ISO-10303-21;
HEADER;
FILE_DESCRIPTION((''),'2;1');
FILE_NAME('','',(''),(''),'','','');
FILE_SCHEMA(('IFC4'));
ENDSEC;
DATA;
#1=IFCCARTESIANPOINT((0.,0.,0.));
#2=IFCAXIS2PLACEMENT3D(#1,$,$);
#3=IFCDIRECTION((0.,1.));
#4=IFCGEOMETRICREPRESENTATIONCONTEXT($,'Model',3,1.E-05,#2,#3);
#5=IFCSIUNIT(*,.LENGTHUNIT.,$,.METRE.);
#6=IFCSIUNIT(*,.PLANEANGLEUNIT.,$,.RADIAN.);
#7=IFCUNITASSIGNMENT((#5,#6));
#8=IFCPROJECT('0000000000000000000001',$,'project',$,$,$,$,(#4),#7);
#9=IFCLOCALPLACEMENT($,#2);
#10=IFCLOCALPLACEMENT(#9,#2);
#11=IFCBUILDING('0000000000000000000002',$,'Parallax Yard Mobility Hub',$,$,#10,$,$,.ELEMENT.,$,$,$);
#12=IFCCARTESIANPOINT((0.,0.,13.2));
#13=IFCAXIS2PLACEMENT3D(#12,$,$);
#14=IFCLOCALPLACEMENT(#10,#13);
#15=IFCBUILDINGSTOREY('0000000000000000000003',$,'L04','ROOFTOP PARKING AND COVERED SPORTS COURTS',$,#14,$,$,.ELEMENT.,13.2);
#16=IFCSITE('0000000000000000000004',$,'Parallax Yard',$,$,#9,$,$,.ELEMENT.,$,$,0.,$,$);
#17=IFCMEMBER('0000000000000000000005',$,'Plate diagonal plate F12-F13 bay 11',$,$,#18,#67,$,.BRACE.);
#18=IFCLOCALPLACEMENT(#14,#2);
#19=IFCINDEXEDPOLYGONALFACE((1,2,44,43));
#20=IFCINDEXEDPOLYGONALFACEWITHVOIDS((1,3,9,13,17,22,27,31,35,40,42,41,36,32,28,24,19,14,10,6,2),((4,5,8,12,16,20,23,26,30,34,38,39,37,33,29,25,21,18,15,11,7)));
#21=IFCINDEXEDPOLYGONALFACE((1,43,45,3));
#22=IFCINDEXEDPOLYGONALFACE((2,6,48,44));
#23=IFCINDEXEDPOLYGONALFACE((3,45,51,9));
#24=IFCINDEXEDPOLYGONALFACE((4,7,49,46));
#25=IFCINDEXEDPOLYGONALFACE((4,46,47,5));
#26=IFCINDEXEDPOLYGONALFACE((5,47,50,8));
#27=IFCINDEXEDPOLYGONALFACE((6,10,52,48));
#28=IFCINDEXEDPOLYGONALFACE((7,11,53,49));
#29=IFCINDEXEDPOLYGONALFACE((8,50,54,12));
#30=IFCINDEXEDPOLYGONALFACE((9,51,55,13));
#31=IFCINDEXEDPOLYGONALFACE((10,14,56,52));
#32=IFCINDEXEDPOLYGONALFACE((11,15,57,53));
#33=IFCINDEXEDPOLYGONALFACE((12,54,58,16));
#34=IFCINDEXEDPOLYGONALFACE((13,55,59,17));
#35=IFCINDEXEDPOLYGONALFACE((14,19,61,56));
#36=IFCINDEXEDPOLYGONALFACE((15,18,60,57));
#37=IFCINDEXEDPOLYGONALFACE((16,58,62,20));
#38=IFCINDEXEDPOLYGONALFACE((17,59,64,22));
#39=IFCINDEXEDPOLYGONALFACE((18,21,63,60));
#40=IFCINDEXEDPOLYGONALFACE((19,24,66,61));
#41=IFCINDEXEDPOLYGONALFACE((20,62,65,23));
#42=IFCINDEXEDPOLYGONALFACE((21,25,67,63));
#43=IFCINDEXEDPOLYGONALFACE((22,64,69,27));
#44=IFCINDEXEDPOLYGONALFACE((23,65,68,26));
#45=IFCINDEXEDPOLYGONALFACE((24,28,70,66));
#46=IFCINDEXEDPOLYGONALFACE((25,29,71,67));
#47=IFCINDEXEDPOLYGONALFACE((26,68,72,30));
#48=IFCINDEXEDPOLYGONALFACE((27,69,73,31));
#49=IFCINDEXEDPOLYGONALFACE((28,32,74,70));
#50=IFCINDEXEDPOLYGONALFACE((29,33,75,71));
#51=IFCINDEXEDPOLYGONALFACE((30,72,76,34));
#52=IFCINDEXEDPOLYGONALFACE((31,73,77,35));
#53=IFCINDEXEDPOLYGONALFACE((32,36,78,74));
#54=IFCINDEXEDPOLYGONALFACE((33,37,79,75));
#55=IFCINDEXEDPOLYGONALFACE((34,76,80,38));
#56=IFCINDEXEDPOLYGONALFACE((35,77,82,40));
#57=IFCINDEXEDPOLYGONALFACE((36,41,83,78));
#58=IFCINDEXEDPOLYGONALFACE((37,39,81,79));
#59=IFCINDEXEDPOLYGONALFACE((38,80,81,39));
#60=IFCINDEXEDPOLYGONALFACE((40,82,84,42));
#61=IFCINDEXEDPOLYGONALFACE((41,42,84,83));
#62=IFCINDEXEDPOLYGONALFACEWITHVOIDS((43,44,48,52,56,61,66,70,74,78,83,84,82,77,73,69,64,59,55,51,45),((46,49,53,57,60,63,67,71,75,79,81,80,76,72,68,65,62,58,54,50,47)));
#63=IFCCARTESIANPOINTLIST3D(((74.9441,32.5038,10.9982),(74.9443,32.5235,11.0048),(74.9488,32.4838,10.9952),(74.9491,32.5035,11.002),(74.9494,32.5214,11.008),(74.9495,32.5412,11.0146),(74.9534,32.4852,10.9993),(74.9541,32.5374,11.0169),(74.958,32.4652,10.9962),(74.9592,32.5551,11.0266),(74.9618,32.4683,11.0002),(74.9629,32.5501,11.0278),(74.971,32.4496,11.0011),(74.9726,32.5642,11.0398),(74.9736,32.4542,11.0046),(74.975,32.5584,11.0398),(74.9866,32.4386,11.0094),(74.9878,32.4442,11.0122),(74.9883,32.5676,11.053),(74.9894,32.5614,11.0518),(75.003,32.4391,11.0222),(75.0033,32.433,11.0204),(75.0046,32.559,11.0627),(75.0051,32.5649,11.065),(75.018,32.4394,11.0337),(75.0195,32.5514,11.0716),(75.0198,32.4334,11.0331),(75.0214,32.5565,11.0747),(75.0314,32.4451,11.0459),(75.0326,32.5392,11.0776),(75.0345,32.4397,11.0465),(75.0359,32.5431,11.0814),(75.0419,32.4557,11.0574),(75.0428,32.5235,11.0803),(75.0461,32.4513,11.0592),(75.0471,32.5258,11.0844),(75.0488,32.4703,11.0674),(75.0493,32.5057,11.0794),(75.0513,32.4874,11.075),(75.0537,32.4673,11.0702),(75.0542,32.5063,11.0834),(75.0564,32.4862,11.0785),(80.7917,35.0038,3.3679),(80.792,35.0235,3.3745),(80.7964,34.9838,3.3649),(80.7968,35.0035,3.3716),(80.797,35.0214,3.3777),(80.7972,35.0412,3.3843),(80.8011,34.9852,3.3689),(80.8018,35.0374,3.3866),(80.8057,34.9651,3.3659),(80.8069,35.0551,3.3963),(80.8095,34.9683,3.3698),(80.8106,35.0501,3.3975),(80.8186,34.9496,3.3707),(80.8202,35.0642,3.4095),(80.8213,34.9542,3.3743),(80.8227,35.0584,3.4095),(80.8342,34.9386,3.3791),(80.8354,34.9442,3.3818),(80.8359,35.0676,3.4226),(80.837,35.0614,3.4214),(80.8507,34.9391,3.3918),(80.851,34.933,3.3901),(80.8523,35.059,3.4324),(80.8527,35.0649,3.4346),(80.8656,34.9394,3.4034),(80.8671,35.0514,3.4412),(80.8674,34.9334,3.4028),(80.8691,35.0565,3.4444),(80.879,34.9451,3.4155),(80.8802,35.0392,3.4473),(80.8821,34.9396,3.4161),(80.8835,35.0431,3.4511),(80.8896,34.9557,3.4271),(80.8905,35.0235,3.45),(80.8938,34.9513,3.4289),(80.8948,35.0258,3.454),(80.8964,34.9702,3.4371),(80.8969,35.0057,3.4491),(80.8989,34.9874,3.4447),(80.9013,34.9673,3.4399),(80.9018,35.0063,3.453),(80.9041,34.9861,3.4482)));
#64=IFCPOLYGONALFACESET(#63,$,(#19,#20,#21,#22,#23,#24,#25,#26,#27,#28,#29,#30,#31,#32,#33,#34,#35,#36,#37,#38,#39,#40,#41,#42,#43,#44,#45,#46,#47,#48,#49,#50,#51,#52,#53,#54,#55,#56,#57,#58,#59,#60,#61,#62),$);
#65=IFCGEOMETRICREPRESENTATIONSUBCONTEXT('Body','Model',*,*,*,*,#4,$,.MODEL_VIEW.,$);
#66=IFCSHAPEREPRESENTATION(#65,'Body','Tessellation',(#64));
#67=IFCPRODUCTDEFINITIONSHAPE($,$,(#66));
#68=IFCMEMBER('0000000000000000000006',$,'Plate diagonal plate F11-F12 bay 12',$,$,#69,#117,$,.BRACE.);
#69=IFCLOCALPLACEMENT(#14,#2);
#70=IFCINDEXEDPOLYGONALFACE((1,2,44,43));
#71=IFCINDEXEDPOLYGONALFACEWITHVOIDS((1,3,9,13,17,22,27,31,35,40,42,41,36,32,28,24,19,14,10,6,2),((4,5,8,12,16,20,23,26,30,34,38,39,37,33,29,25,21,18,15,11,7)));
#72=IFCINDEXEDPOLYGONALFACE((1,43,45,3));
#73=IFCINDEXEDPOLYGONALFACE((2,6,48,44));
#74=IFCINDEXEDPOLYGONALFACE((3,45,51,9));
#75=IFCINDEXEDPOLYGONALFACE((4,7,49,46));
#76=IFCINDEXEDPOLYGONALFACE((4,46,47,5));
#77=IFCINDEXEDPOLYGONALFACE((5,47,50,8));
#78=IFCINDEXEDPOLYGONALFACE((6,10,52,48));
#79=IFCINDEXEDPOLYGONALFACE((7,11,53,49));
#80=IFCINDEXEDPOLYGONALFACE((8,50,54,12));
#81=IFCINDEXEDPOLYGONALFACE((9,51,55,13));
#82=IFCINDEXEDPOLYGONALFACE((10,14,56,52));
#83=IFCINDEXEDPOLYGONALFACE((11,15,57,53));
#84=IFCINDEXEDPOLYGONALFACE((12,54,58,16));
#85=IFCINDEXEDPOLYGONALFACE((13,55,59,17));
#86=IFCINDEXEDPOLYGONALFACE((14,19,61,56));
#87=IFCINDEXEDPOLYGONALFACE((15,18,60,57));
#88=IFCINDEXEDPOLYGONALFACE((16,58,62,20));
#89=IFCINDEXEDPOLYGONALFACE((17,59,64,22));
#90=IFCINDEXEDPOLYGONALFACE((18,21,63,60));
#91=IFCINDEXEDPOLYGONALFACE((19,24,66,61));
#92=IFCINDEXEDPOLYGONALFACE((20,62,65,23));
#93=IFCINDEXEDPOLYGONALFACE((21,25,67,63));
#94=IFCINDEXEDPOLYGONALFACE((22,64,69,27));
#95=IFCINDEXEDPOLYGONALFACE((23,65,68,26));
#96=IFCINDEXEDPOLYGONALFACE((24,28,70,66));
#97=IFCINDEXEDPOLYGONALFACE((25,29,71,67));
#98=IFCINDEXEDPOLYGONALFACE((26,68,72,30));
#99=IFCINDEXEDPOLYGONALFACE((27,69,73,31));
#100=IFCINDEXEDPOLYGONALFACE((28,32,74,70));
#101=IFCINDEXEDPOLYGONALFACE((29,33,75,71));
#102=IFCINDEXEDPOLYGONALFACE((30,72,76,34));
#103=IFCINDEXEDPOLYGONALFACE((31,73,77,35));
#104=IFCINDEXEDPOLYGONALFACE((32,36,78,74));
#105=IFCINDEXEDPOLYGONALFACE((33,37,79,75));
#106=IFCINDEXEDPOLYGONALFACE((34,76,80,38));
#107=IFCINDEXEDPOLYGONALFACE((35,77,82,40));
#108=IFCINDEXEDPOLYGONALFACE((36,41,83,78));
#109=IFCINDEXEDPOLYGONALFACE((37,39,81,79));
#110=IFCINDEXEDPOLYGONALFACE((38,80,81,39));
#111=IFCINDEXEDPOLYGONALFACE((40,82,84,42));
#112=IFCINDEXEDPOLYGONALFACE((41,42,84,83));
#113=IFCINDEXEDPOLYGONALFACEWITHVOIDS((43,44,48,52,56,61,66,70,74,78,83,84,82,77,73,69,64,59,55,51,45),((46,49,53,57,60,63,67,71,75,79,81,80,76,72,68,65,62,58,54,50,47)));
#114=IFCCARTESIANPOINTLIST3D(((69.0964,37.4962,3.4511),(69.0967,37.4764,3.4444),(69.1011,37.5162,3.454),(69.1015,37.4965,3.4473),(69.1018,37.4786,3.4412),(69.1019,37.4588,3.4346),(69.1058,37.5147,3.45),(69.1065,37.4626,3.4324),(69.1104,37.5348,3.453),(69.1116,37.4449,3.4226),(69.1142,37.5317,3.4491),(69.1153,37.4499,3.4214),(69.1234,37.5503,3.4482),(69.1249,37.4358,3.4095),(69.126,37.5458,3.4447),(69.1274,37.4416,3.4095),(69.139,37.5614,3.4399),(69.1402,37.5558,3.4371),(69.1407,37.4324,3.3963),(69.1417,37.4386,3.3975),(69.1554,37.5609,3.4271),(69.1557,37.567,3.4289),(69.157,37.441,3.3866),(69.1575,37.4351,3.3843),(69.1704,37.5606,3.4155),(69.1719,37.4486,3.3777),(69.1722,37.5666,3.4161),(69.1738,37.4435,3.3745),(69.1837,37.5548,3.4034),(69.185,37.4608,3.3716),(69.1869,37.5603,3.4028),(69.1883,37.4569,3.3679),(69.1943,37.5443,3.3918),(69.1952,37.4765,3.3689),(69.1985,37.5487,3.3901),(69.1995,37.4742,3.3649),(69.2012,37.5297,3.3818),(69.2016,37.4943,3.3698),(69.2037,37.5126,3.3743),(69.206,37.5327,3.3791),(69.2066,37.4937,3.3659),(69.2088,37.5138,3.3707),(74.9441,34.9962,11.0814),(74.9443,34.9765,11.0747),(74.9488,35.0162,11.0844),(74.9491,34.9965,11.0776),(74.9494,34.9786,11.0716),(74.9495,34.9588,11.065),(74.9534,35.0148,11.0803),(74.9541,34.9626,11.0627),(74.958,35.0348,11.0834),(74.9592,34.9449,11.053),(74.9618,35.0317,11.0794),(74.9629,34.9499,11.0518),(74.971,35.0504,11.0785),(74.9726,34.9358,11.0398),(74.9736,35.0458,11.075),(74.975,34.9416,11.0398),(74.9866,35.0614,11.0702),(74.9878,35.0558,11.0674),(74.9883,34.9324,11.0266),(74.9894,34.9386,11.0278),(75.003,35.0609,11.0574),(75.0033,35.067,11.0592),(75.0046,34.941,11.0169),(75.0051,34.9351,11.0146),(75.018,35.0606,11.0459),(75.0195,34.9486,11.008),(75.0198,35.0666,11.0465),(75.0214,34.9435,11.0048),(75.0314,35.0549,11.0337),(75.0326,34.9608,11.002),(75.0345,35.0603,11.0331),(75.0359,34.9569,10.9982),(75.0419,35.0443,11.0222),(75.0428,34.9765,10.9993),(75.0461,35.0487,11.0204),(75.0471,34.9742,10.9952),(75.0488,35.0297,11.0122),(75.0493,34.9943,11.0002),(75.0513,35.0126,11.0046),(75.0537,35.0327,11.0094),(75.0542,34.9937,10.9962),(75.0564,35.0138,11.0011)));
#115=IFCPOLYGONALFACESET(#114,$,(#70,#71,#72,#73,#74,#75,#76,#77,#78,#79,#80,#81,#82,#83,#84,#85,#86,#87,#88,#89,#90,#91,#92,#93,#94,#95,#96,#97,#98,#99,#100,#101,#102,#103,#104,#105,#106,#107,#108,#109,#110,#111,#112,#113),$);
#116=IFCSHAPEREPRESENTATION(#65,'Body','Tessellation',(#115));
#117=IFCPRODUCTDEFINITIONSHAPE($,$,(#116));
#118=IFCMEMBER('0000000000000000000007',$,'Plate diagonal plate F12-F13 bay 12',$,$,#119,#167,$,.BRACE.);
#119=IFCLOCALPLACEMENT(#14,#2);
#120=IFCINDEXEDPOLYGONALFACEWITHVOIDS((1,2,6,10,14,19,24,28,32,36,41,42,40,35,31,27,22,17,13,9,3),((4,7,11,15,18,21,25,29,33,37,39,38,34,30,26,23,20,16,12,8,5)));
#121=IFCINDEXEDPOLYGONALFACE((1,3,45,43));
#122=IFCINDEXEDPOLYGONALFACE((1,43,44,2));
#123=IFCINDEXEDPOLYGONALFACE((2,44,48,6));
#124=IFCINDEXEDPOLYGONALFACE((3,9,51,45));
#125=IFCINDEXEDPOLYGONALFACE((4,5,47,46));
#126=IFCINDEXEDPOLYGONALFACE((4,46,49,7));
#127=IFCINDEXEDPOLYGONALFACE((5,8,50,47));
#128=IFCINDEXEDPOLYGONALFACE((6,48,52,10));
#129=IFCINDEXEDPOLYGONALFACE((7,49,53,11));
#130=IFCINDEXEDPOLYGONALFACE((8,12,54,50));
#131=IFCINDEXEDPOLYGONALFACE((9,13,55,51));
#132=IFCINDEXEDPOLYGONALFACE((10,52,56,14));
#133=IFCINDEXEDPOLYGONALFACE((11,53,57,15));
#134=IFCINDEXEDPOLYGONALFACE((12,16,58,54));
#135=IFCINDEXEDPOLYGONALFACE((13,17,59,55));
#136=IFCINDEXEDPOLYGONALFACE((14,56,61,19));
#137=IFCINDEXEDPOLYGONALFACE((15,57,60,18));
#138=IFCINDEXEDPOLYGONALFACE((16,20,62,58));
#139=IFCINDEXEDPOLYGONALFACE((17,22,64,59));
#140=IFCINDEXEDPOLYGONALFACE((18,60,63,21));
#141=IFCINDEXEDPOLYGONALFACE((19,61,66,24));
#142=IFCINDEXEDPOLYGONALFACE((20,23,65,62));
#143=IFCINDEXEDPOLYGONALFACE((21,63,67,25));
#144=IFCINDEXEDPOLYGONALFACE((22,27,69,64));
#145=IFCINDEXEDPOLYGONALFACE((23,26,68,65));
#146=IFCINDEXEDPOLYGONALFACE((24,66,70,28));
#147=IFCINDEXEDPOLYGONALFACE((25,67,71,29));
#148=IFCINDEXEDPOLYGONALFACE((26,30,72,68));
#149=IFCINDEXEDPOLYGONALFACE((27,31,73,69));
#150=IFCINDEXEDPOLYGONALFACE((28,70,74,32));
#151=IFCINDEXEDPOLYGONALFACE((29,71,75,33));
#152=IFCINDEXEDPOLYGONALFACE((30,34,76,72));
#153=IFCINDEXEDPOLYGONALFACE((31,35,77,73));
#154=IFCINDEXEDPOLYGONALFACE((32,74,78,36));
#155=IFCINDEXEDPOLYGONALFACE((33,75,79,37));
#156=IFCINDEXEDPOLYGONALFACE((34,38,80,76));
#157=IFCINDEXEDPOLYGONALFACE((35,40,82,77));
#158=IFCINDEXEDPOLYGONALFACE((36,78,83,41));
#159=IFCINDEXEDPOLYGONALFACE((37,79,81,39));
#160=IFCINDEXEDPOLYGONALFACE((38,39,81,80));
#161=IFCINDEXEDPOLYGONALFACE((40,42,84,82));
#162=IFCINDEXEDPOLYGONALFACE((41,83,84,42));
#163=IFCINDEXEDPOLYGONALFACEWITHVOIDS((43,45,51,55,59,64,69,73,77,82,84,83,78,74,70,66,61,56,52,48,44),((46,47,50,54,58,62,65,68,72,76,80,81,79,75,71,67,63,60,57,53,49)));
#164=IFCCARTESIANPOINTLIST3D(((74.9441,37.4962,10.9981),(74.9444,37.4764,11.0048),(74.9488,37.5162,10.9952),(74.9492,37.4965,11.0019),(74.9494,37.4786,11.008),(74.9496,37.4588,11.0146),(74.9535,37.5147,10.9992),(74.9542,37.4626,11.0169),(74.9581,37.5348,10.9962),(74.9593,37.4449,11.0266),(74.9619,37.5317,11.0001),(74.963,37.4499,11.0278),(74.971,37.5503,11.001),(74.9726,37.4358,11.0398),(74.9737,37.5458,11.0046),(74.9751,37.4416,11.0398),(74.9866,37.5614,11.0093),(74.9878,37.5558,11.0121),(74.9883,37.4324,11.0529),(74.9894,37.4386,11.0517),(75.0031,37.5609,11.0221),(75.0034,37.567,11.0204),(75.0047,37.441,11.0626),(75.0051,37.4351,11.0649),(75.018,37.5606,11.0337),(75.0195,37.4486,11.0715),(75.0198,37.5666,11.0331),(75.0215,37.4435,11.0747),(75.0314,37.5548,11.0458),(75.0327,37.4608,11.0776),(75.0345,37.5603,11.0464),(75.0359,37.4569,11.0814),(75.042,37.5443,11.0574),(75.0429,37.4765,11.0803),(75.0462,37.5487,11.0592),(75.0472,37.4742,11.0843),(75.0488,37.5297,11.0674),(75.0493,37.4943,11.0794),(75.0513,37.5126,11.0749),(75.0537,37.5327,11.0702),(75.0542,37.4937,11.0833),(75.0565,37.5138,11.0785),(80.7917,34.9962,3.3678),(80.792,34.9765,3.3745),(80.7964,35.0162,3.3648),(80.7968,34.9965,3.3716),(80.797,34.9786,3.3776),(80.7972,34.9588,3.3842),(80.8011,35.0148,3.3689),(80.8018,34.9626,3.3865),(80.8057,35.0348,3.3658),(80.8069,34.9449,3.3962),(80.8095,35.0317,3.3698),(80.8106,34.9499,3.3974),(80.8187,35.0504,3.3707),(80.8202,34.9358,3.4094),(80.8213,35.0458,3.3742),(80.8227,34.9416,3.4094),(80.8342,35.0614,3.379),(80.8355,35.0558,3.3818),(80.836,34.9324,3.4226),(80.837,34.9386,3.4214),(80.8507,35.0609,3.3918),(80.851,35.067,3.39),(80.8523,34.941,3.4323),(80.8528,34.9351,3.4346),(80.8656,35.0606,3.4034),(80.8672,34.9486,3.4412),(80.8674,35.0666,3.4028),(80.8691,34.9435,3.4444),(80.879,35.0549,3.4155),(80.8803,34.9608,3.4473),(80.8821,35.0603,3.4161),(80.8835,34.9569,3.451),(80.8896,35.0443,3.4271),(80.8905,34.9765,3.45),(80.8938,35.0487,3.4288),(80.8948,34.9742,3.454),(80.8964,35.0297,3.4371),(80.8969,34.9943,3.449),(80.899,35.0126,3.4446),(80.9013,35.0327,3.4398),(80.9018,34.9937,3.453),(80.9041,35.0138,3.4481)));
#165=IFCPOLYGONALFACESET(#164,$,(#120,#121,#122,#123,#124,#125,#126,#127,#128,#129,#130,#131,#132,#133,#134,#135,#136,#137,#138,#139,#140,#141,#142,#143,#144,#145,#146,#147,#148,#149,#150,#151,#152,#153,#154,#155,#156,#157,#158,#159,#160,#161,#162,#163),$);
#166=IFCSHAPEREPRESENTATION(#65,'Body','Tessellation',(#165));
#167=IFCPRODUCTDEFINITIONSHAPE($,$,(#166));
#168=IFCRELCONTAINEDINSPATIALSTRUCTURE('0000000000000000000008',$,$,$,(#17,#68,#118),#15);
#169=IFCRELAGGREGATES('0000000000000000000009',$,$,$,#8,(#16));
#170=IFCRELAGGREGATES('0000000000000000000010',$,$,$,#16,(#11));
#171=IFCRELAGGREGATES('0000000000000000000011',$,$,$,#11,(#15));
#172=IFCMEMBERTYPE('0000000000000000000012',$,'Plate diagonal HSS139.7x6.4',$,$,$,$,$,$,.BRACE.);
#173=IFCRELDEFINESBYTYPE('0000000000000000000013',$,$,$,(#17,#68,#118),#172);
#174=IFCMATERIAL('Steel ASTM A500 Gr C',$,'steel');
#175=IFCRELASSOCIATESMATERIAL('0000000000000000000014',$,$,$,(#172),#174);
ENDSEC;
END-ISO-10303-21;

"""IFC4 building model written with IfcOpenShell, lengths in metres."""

from ifc_helpers import new_model, si_unit, direction, frame, origin, origin_2d, place, context, subcontext, project, spatial, hollow_circle, extrude, material, material_profile, profile_set, type_object, element, save


model = new_model("IFC4")

# Units and contexts
model_context = context("Model", 3, precision=1e-05, world=origin(), true_north=direction((0.0, 1.0)))
body_context = subcontext(model_context, "Body", "Model", "MODEL_VIEW")
ifc_project = project(units=[si_unit("LENGTHUNIT", "METRE"), si_unit("PLANEANGLEUNIT", "RADIAN")], contexts=[model_context])

# Site, building, storey
site_placement = place(None, origin())
site = spatial("IfcSite", under=ifc_project, at=site_placement, Name="Parallax Yard", CompositionType="ELEMENT", RefElevation=0.0)
building_placement = place(site_placement, origin())
building = spatial("IfcBuilding", under=site, at=building_placement, Name="Parallax Yard Mobility Hub", CompositionType="ELEMENT")
storey_placement = place(building_placement, frame((0.0, 0.0, 13.2)))
storey = spatial("IfcBuildingStorey", under=building, at=storey_placement, Name="L04", Description="ROOFTOP PARKING AND COVERED SPORTS COURTS", CompositionType="ELEMENT", Elevation=13.2)

# Members
ifc_material_1 = material(Name="Steel ASTM A500 Gr C", Category="steel")
ifc_material_profile_1 = material_profile(ifc_material_1, hollow_circle(Radius=0.0698, WallThickness=0.0063, at=origin_2d()), Name="HSS139.7x6.4")
ifc_profile_set_1 = profile_set([ifc_material_profile_1], Name="Steel ASTM A500 Gr C")
member_type_1 = type_object("IfcMemberType", Name="Plate diagonal HSS139.7x6.4", PredefinedType="BRACE", material=ifc_profile_set_1)
for number, where, z_axis, x_axis, name in (
    (1, (75.0, 32.5, 11.0398), (0.588701, 0.251682, -0.768172), (-0.393104, 0.919494, 0.0), "Plate diagonal plate F12-F13 bay 11"),
    (2, (75.0, 35.0, 11.0398), (-0.588701, 0.251682, -0.768172), (-0.393104, -0.919494, 0.0), "Plate diagonal plate F11-F12 bay 12"),
    (3, (80.8477, 35.0, 3.4094), (-0.588701, 0.251682, 0.768172), (-0.393104, -0.919494, 0.0), "Plate diagonal plate F12-F13 bay 12"),
):
    element("IfcMember", number, at=place(storey_placement, frame(where, z_axis=z_axis, x_axis=x_axis)), inside=storey, type_object=member_type_1, Name=name, PredefinedType="BRACE", context=body_context, shape_type="SweptSolid", body=[
        extrude(hollow_circle(Radius=0.0698, WallThickness=0.0063, at=origin_2d()), origin(), (0.0, 0.0, 1.0), 9.9331),
    ])

save(model, "model.ifc")
